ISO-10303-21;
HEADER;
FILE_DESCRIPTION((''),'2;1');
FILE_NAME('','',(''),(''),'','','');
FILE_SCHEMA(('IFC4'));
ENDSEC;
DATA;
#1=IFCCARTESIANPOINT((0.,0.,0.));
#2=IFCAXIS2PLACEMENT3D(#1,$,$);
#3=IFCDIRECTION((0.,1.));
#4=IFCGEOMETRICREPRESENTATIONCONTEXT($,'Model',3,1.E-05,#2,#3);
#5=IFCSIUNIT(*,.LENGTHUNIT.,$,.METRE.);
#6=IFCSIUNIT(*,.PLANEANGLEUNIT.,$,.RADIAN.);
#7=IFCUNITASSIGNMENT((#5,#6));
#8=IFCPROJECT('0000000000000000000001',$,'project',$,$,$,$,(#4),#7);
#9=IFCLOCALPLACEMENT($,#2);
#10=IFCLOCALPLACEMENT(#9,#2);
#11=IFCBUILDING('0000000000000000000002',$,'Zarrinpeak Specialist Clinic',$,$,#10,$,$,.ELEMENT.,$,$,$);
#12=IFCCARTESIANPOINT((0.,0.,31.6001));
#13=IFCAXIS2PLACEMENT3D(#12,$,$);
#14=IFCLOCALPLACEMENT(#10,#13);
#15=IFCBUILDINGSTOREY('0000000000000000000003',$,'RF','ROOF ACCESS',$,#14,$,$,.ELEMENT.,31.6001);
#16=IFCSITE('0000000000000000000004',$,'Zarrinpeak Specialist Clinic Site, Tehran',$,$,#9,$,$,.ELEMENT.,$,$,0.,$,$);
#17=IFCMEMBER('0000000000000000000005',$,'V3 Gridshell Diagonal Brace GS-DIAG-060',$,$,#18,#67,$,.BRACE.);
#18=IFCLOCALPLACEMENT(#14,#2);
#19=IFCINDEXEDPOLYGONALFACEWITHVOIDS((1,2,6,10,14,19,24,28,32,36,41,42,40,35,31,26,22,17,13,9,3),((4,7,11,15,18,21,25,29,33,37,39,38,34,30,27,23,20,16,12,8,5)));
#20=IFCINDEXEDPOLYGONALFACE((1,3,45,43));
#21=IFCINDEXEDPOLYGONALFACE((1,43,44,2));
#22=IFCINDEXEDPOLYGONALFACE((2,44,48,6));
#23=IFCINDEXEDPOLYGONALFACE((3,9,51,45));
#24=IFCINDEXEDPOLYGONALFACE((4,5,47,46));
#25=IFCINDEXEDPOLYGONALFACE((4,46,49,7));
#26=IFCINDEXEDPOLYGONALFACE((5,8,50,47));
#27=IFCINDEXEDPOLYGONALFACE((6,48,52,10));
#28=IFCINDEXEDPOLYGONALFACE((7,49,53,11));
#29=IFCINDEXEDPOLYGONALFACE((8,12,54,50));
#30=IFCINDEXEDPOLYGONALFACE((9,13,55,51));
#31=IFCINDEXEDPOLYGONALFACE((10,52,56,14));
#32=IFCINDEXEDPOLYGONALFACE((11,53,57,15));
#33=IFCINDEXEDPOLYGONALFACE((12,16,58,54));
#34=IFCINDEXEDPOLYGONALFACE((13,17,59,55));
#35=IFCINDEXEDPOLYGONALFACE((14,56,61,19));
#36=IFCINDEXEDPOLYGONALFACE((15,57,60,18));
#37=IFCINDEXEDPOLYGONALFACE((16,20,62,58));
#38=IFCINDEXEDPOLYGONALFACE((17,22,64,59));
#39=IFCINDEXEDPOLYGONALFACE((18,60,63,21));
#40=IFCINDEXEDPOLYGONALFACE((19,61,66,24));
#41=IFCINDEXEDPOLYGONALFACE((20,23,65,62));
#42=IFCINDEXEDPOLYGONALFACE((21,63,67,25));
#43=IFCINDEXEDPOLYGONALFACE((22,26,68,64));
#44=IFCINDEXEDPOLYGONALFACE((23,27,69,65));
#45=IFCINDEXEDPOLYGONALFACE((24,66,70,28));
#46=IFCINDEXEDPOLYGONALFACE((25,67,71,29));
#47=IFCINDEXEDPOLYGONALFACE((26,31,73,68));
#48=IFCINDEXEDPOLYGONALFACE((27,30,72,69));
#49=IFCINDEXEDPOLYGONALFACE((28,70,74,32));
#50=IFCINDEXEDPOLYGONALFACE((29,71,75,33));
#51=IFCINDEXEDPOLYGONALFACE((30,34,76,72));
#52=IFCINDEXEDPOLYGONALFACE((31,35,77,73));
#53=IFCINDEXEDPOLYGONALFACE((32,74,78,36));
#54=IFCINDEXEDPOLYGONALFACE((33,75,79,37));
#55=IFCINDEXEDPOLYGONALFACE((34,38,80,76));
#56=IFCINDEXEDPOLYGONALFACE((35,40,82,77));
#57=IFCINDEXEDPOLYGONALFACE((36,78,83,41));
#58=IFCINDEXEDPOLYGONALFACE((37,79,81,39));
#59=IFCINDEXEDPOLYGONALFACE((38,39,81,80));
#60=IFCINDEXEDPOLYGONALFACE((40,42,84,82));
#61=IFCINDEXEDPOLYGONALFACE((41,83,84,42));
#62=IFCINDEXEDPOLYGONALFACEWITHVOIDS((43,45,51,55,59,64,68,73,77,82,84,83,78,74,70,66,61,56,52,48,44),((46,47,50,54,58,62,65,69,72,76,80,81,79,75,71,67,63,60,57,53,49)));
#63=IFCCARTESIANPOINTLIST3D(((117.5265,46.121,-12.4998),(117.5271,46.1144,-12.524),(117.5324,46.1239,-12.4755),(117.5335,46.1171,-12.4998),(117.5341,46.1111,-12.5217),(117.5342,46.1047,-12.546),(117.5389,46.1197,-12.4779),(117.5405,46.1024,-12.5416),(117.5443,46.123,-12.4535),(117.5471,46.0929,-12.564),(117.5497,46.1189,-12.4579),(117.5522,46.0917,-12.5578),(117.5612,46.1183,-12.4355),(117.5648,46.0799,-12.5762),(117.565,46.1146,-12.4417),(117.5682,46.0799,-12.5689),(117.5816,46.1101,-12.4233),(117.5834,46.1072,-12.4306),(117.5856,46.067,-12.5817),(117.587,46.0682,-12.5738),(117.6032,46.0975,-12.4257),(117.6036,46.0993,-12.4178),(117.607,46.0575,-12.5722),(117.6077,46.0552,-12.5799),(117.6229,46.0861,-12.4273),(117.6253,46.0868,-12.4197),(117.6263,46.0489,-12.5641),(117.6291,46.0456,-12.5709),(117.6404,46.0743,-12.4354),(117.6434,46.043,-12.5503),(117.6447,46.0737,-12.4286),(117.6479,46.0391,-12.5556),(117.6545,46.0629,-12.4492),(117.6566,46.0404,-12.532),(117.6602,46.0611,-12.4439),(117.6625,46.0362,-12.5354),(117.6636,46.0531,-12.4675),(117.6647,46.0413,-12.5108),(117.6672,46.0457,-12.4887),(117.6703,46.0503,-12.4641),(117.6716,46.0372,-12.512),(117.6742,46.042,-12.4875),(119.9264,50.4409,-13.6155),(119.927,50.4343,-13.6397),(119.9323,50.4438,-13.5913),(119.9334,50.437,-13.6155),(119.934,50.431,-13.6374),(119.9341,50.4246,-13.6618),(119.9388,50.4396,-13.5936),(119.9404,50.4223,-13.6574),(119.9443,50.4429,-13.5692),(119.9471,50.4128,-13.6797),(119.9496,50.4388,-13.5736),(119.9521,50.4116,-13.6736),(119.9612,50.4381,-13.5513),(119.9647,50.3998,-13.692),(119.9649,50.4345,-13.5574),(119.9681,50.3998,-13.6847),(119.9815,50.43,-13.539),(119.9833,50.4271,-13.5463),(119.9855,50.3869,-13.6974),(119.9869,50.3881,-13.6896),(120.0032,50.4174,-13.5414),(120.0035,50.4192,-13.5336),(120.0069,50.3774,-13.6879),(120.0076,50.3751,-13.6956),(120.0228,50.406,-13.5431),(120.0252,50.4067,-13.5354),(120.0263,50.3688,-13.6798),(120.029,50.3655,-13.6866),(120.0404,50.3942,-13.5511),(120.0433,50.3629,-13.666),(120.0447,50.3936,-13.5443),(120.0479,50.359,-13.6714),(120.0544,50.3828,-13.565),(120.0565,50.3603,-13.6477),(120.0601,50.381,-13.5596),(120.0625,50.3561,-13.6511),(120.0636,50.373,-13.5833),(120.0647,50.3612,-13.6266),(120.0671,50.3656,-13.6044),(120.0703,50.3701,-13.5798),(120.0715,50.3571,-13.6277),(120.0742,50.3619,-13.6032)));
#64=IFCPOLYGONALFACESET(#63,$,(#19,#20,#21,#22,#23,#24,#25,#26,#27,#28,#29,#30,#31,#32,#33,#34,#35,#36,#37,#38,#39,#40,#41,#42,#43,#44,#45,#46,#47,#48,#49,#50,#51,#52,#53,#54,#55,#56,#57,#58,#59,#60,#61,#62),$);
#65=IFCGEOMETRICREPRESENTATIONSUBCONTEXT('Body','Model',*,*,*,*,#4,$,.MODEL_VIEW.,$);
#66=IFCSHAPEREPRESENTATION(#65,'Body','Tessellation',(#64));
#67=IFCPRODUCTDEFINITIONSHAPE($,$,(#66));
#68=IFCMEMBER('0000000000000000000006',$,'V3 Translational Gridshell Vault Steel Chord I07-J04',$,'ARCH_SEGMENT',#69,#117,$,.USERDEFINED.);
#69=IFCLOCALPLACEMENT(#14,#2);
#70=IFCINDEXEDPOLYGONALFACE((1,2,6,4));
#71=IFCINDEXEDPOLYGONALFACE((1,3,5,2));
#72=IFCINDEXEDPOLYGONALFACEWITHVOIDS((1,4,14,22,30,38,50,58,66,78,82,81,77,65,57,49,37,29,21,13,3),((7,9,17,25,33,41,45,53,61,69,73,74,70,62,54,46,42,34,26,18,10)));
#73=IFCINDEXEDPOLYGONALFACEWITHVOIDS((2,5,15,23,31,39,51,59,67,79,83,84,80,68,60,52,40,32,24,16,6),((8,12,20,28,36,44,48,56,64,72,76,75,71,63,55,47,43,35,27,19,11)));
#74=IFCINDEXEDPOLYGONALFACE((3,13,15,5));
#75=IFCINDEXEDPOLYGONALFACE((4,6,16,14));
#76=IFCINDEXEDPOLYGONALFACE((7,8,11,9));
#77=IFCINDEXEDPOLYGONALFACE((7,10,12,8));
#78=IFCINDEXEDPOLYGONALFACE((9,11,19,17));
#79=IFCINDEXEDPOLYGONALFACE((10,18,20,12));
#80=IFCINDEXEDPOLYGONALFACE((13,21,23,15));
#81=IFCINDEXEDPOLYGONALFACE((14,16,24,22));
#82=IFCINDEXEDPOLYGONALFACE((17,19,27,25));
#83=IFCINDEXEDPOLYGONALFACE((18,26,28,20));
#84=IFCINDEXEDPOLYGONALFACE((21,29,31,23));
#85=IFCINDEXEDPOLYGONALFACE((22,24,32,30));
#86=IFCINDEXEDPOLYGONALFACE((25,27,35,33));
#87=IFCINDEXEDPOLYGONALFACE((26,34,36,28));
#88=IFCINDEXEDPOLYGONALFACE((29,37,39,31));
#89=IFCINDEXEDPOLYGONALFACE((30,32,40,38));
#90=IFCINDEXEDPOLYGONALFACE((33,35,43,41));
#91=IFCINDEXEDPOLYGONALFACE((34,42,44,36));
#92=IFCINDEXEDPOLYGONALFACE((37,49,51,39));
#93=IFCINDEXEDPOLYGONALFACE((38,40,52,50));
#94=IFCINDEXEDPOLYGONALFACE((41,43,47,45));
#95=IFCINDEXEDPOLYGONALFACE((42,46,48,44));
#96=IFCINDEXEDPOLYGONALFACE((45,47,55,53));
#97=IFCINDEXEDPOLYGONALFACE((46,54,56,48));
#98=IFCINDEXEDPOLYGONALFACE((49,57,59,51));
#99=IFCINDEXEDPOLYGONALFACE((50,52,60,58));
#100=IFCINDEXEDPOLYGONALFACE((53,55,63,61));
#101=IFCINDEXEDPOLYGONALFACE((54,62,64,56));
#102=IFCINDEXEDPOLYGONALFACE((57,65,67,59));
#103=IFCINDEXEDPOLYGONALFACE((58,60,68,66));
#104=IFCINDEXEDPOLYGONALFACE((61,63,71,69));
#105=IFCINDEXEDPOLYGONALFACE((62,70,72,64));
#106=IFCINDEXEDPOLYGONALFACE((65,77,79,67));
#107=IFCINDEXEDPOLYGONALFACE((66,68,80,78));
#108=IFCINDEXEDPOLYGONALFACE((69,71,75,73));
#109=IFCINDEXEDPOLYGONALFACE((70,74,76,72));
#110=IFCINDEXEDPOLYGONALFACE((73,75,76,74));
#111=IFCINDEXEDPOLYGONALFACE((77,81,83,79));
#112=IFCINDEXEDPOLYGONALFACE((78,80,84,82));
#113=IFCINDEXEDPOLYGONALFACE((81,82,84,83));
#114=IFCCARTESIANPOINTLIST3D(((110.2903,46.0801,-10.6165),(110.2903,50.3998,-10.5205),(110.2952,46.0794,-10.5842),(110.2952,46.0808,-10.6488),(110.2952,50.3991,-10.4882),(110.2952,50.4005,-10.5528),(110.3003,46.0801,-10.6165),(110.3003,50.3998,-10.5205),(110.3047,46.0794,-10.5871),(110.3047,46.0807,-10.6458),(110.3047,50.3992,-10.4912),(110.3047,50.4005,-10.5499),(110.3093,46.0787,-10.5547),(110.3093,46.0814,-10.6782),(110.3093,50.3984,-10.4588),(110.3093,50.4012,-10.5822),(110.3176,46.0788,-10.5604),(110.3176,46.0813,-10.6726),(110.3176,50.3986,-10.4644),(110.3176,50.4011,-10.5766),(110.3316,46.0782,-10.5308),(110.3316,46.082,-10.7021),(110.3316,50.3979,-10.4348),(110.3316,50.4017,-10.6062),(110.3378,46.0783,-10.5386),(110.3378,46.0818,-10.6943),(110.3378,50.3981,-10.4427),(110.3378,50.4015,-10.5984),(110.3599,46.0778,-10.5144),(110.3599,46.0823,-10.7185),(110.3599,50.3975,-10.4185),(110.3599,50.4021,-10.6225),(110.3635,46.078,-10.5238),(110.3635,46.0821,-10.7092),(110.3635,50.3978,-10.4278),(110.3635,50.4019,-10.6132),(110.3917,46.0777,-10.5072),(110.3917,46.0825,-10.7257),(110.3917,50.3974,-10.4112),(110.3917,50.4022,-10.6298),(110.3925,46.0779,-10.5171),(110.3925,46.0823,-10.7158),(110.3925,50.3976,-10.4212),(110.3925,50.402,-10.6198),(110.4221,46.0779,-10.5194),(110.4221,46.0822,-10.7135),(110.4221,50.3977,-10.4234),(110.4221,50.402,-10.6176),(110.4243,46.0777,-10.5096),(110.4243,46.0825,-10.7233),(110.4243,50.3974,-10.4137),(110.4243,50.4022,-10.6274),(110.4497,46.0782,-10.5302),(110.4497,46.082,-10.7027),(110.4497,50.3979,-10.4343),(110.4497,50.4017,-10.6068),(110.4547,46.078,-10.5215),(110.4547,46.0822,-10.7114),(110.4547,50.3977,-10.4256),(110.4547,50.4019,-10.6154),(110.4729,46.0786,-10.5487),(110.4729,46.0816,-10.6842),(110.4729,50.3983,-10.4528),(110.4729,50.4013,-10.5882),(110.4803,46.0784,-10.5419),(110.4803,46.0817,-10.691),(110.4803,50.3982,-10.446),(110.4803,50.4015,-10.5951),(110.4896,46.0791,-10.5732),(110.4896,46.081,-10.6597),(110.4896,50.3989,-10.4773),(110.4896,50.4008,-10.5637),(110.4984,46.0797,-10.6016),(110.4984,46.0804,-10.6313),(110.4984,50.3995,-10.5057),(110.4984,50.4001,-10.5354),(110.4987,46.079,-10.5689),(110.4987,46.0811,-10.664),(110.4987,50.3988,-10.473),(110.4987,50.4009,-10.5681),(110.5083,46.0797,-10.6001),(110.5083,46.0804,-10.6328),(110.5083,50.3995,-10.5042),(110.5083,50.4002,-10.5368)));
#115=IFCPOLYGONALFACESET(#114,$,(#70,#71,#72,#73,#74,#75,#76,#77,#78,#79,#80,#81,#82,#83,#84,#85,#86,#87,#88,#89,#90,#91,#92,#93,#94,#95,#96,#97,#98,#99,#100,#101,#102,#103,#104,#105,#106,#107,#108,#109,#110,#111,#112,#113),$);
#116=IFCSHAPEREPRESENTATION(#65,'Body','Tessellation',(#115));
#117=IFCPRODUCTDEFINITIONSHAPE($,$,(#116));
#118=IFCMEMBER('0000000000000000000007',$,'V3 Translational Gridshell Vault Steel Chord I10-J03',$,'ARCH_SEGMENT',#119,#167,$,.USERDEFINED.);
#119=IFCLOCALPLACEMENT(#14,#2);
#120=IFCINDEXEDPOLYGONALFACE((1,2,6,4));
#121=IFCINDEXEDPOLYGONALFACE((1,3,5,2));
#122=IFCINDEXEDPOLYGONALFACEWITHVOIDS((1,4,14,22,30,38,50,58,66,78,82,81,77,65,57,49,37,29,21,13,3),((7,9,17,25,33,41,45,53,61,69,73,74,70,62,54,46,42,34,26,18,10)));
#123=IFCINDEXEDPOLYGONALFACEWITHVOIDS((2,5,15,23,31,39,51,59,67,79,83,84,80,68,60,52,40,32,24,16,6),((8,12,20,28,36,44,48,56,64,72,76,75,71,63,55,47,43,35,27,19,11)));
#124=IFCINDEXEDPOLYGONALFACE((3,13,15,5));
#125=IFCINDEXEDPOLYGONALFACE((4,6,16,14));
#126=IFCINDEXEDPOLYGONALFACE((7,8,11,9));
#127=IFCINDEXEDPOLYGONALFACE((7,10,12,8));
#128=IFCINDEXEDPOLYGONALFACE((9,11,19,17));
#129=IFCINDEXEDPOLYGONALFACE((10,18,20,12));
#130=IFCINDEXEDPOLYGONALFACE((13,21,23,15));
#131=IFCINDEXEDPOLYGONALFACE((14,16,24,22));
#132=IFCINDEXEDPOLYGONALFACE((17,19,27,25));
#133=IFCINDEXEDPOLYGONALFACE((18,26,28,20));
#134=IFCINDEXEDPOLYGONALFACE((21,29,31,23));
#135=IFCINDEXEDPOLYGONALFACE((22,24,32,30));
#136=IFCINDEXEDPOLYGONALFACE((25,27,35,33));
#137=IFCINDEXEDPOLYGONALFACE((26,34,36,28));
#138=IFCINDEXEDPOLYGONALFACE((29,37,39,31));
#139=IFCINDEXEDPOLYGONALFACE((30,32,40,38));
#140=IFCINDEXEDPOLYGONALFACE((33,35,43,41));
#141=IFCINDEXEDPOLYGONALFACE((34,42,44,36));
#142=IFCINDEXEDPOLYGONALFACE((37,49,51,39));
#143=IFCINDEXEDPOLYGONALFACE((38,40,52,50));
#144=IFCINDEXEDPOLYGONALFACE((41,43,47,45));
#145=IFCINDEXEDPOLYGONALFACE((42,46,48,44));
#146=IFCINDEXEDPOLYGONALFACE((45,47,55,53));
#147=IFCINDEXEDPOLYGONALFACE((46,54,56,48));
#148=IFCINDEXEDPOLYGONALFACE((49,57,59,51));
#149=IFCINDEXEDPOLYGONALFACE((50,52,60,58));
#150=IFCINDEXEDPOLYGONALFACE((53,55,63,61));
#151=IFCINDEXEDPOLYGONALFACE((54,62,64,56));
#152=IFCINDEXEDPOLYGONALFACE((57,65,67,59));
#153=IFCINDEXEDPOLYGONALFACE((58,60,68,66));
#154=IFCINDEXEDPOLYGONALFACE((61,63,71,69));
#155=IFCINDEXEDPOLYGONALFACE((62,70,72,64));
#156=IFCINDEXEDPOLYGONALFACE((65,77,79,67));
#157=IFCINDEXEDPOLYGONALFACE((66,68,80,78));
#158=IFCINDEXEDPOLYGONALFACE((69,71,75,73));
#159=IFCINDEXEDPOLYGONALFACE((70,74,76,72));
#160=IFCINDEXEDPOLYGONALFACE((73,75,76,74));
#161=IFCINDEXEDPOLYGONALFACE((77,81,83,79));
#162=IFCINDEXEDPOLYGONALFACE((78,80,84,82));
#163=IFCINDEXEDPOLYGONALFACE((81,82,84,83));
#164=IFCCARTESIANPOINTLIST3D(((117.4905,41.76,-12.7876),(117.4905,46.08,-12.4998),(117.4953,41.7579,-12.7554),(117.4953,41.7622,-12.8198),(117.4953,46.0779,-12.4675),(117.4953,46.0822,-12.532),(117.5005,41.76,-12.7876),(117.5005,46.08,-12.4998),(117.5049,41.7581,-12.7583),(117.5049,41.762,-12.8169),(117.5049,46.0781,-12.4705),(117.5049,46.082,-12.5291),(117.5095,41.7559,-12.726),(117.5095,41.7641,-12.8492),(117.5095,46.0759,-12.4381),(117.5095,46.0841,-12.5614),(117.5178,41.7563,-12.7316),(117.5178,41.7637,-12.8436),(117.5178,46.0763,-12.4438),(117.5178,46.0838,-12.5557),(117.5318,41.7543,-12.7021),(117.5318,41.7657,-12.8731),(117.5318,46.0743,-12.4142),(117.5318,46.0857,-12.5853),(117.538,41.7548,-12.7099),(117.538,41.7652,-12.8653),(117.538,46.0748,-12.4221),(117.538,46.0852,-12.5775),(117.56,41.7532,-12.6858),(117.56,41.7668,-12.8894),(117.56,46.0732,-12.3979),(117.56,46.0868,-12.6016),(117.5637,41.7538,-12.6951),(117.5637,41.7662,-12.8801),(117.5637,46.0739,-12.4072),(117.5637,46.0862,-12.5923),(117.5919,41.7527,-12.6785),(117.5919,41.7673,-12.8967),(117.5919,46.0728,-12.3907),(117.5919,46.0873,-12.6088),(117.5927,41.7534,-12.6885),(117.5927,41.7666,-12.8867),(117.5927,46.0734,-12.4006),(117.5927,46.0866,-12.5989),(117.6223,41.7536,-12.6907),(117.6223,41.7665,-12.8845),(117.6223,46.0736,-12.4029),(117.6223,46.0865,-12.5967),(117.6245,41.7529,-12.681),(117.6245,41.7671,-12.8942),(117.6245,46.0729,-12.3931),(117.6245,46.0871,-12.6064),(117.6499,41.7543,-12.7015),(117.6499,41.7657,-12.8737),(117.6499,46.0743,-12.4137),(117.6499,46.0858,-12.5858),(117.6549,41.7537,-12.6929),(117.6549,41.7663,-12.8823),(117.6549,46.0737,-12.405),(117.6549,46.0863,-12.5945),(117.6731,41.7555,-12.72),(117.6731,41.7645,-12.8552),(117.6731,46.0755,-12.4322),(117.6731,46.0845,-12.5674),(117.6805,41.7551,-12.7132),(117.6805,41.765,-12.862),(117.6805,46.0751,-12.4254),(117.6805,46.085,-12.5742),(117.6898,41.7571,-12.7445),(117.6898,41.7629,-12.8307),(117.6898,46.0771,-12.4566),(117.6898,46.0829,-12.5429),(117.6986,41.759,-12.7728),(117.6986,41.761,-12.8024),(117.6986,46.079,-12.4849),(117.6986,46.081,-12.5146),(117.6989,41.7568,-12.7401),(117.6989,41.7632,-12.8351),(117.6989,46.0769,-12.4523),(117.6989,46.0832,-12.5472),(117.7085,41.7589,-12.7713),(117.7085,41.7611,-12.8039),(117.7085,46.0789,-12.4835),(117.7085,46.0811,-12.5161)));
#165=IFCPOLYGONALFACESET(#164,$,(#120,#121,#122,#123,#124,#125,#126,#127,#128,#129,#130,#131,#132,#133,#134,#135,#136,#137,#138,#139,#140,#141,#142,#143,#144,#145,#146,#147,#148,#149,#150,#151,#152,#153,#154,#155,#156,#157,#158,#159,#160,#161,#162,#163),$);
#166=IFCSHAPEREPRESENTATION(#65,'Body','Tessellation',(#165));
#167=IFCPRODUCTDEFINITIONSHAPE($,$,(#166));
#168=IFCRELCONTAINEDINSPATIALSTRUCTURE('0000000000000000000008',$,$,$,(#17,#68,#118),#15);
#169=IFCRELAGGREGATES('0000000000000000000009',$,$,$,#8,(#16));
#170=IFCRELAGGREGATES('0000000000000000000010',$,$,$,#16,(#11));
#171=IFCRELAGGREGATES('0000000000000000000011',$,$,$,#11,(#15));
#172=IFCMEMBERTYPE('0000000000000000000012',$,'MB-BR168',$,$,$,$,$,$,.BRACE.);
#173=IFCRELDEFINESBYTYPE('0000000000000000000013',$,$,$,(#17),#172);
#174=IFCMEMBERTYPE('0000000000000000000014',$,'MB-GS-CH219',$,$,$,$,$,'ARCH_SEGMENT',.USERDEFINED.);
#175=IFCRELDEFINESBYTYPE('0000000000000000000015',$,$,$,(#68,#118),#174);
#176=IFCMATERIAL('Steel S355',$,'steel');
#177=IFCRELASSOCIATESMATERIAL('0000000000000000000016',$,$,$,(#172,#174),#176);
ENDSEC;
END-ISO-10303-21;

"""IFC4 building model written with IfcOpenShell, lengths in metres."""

from ifc_helpers import new_model, si_unit, direction, frame, origin, origin_2d, place, context, subcontext, project, spatial, hollow_circle, extrude, material, material_profile, profile_set, type_object, element, save


model = new_model("IFC4")

# Units and contexts
model_context = context("Model", 3, precision=1e-05, world=origin(), true_north=direction((0.0, 1.0)))
body_context = subcontext(model_context, "Body", "Model", "MODEL_VIEW")
ifc_project = project(units=[si_unit("LENGTHUNIT", "METRE"), si_unit("PLANEANGLEUNIT", "RADIAN")], contexts=[model_context])

# Site, building, storey
site_placement = place(None, origin())
site = spatial("IfcSite", under=ifc_project, at=site_placement, Name="Zarrinpeak Specialist Clinic Site, Tehran", CompositionType="ELEMENT", RefElevation=0.0)
building_placement = place(site_placement, origin())
building = spatial("IfcBuilding", under=site, at=building_placement, Name="Zarrinpeak Specialist Clinic", CompositionType="ELEMENT")
storey_placement = place(building_placement, frame((0.0, 0.0, 31.6001)))
storey = spatial("IfcBuildingStorey", under=building, at=storey_placement, Name="RF", Description="ROOF ACCESS", CompositionType="ELEMENT", Elevation=31.6001)

# Members
ifc_material_1 = material(Name="Steel S355", Category="steel")
ifc_material_profile_1 = material_profile(ifc_material_1, hollow_circle(Radius=0.0842, WallThickness=0.0081, at=origin_2d()), Name="CHS 168.3x8.0")
ifc_profile_set_1 = profile_set([ifc_material_profile_1], Name="Steel S355")
member_type_1 = type_object("IfcMemberType", Name="MB-BR168", PredefinedType="BRACE", material=ifc_profile_set_1)
member_1_placement = place(storey_placement, frame((117.6001, 46.0801, -12.4998), z_axis=(0.473719, 0.852694, -0.220234), x_axis=(-0.874157, 0.485643, 0.0)))
element("IfcMember", 1, at=member_1_placement, inside=storey, type_object=member_type_1, Name="V3 Gridshell Diagonal Brace GS-DIAG-060", PredefinedType="BRACE", context=body_context, shape_type="SweptSolid", body=[
    extrude(hollow_circle(Radius=0.0842, WallThickness=0.0081, at=origin_2d()), origin(), (0.0, 0.0, 1.0), 5.0662),
])
ifc_material_profile_2 = material_profile(ifc_material_1, hollow_circle(Radius=0.1096, WallThickness=0.01, at=origin_2d()), Name="CHS 219.1x10.0")
ifc_profile_set_2 = profile_set([ifc_material_profile_2], Name="Steel S355")
member_type_2 = type_object("IfcMemberType", Name="MB-GS-CH219", ElementType="ARCH_SEGMENT", PredefinedType="USERDEFINED", material=ifc_profile_set_2)
member_2_placement = place(storey_placement, frame((110.3999, 46.0801, -10.6165), z_axis=(0.0, 0.999753, 0.022205), x_axis=(-1.0, 0.0, 0.0)))
element("IfcMember", 2, at=member_2_placement, inside=storey, type_object=member_type_2, Name="V3 Translational Gridshell Vault Steel Chord I07-J04", ObjectType="ARCH_SEGMENT", PredefinedType="USERDEFINED", context=body_context, shape_type="SweptSolid", body=[
    extrude(hollow_circle(Radius=0.1096, WallThickness=0.01, at=origin_2d()), origin(), (0.0, 0.0, 1.0), 4.3208),
])
member_3_placement = place(storey_placement, frame((117.6001, 41.76, -12.7876), z_axis=(0.0, 0.997788, 0.066482), x_axis=(-1.0, 0.0, 0.0)))
element("IfcMember", 3, at=member_3_placement, inside=storey, type_object=member_type_2, Name="V3 Translational Gridshell Vault Steel Chord I10-J03", ObjectType="ARCH_SEGMENT", PredefinedType="USERDEFINED", context=body_context, shape_type="SweptSolid", body=[
    extrude(hollow_circle(Radius=0.1096, WallThickness=0.01, at=origin_2d()), origin(), (0.0, 0.0, 1.0), 4.3296),
])

save(model, "model.ifc")
